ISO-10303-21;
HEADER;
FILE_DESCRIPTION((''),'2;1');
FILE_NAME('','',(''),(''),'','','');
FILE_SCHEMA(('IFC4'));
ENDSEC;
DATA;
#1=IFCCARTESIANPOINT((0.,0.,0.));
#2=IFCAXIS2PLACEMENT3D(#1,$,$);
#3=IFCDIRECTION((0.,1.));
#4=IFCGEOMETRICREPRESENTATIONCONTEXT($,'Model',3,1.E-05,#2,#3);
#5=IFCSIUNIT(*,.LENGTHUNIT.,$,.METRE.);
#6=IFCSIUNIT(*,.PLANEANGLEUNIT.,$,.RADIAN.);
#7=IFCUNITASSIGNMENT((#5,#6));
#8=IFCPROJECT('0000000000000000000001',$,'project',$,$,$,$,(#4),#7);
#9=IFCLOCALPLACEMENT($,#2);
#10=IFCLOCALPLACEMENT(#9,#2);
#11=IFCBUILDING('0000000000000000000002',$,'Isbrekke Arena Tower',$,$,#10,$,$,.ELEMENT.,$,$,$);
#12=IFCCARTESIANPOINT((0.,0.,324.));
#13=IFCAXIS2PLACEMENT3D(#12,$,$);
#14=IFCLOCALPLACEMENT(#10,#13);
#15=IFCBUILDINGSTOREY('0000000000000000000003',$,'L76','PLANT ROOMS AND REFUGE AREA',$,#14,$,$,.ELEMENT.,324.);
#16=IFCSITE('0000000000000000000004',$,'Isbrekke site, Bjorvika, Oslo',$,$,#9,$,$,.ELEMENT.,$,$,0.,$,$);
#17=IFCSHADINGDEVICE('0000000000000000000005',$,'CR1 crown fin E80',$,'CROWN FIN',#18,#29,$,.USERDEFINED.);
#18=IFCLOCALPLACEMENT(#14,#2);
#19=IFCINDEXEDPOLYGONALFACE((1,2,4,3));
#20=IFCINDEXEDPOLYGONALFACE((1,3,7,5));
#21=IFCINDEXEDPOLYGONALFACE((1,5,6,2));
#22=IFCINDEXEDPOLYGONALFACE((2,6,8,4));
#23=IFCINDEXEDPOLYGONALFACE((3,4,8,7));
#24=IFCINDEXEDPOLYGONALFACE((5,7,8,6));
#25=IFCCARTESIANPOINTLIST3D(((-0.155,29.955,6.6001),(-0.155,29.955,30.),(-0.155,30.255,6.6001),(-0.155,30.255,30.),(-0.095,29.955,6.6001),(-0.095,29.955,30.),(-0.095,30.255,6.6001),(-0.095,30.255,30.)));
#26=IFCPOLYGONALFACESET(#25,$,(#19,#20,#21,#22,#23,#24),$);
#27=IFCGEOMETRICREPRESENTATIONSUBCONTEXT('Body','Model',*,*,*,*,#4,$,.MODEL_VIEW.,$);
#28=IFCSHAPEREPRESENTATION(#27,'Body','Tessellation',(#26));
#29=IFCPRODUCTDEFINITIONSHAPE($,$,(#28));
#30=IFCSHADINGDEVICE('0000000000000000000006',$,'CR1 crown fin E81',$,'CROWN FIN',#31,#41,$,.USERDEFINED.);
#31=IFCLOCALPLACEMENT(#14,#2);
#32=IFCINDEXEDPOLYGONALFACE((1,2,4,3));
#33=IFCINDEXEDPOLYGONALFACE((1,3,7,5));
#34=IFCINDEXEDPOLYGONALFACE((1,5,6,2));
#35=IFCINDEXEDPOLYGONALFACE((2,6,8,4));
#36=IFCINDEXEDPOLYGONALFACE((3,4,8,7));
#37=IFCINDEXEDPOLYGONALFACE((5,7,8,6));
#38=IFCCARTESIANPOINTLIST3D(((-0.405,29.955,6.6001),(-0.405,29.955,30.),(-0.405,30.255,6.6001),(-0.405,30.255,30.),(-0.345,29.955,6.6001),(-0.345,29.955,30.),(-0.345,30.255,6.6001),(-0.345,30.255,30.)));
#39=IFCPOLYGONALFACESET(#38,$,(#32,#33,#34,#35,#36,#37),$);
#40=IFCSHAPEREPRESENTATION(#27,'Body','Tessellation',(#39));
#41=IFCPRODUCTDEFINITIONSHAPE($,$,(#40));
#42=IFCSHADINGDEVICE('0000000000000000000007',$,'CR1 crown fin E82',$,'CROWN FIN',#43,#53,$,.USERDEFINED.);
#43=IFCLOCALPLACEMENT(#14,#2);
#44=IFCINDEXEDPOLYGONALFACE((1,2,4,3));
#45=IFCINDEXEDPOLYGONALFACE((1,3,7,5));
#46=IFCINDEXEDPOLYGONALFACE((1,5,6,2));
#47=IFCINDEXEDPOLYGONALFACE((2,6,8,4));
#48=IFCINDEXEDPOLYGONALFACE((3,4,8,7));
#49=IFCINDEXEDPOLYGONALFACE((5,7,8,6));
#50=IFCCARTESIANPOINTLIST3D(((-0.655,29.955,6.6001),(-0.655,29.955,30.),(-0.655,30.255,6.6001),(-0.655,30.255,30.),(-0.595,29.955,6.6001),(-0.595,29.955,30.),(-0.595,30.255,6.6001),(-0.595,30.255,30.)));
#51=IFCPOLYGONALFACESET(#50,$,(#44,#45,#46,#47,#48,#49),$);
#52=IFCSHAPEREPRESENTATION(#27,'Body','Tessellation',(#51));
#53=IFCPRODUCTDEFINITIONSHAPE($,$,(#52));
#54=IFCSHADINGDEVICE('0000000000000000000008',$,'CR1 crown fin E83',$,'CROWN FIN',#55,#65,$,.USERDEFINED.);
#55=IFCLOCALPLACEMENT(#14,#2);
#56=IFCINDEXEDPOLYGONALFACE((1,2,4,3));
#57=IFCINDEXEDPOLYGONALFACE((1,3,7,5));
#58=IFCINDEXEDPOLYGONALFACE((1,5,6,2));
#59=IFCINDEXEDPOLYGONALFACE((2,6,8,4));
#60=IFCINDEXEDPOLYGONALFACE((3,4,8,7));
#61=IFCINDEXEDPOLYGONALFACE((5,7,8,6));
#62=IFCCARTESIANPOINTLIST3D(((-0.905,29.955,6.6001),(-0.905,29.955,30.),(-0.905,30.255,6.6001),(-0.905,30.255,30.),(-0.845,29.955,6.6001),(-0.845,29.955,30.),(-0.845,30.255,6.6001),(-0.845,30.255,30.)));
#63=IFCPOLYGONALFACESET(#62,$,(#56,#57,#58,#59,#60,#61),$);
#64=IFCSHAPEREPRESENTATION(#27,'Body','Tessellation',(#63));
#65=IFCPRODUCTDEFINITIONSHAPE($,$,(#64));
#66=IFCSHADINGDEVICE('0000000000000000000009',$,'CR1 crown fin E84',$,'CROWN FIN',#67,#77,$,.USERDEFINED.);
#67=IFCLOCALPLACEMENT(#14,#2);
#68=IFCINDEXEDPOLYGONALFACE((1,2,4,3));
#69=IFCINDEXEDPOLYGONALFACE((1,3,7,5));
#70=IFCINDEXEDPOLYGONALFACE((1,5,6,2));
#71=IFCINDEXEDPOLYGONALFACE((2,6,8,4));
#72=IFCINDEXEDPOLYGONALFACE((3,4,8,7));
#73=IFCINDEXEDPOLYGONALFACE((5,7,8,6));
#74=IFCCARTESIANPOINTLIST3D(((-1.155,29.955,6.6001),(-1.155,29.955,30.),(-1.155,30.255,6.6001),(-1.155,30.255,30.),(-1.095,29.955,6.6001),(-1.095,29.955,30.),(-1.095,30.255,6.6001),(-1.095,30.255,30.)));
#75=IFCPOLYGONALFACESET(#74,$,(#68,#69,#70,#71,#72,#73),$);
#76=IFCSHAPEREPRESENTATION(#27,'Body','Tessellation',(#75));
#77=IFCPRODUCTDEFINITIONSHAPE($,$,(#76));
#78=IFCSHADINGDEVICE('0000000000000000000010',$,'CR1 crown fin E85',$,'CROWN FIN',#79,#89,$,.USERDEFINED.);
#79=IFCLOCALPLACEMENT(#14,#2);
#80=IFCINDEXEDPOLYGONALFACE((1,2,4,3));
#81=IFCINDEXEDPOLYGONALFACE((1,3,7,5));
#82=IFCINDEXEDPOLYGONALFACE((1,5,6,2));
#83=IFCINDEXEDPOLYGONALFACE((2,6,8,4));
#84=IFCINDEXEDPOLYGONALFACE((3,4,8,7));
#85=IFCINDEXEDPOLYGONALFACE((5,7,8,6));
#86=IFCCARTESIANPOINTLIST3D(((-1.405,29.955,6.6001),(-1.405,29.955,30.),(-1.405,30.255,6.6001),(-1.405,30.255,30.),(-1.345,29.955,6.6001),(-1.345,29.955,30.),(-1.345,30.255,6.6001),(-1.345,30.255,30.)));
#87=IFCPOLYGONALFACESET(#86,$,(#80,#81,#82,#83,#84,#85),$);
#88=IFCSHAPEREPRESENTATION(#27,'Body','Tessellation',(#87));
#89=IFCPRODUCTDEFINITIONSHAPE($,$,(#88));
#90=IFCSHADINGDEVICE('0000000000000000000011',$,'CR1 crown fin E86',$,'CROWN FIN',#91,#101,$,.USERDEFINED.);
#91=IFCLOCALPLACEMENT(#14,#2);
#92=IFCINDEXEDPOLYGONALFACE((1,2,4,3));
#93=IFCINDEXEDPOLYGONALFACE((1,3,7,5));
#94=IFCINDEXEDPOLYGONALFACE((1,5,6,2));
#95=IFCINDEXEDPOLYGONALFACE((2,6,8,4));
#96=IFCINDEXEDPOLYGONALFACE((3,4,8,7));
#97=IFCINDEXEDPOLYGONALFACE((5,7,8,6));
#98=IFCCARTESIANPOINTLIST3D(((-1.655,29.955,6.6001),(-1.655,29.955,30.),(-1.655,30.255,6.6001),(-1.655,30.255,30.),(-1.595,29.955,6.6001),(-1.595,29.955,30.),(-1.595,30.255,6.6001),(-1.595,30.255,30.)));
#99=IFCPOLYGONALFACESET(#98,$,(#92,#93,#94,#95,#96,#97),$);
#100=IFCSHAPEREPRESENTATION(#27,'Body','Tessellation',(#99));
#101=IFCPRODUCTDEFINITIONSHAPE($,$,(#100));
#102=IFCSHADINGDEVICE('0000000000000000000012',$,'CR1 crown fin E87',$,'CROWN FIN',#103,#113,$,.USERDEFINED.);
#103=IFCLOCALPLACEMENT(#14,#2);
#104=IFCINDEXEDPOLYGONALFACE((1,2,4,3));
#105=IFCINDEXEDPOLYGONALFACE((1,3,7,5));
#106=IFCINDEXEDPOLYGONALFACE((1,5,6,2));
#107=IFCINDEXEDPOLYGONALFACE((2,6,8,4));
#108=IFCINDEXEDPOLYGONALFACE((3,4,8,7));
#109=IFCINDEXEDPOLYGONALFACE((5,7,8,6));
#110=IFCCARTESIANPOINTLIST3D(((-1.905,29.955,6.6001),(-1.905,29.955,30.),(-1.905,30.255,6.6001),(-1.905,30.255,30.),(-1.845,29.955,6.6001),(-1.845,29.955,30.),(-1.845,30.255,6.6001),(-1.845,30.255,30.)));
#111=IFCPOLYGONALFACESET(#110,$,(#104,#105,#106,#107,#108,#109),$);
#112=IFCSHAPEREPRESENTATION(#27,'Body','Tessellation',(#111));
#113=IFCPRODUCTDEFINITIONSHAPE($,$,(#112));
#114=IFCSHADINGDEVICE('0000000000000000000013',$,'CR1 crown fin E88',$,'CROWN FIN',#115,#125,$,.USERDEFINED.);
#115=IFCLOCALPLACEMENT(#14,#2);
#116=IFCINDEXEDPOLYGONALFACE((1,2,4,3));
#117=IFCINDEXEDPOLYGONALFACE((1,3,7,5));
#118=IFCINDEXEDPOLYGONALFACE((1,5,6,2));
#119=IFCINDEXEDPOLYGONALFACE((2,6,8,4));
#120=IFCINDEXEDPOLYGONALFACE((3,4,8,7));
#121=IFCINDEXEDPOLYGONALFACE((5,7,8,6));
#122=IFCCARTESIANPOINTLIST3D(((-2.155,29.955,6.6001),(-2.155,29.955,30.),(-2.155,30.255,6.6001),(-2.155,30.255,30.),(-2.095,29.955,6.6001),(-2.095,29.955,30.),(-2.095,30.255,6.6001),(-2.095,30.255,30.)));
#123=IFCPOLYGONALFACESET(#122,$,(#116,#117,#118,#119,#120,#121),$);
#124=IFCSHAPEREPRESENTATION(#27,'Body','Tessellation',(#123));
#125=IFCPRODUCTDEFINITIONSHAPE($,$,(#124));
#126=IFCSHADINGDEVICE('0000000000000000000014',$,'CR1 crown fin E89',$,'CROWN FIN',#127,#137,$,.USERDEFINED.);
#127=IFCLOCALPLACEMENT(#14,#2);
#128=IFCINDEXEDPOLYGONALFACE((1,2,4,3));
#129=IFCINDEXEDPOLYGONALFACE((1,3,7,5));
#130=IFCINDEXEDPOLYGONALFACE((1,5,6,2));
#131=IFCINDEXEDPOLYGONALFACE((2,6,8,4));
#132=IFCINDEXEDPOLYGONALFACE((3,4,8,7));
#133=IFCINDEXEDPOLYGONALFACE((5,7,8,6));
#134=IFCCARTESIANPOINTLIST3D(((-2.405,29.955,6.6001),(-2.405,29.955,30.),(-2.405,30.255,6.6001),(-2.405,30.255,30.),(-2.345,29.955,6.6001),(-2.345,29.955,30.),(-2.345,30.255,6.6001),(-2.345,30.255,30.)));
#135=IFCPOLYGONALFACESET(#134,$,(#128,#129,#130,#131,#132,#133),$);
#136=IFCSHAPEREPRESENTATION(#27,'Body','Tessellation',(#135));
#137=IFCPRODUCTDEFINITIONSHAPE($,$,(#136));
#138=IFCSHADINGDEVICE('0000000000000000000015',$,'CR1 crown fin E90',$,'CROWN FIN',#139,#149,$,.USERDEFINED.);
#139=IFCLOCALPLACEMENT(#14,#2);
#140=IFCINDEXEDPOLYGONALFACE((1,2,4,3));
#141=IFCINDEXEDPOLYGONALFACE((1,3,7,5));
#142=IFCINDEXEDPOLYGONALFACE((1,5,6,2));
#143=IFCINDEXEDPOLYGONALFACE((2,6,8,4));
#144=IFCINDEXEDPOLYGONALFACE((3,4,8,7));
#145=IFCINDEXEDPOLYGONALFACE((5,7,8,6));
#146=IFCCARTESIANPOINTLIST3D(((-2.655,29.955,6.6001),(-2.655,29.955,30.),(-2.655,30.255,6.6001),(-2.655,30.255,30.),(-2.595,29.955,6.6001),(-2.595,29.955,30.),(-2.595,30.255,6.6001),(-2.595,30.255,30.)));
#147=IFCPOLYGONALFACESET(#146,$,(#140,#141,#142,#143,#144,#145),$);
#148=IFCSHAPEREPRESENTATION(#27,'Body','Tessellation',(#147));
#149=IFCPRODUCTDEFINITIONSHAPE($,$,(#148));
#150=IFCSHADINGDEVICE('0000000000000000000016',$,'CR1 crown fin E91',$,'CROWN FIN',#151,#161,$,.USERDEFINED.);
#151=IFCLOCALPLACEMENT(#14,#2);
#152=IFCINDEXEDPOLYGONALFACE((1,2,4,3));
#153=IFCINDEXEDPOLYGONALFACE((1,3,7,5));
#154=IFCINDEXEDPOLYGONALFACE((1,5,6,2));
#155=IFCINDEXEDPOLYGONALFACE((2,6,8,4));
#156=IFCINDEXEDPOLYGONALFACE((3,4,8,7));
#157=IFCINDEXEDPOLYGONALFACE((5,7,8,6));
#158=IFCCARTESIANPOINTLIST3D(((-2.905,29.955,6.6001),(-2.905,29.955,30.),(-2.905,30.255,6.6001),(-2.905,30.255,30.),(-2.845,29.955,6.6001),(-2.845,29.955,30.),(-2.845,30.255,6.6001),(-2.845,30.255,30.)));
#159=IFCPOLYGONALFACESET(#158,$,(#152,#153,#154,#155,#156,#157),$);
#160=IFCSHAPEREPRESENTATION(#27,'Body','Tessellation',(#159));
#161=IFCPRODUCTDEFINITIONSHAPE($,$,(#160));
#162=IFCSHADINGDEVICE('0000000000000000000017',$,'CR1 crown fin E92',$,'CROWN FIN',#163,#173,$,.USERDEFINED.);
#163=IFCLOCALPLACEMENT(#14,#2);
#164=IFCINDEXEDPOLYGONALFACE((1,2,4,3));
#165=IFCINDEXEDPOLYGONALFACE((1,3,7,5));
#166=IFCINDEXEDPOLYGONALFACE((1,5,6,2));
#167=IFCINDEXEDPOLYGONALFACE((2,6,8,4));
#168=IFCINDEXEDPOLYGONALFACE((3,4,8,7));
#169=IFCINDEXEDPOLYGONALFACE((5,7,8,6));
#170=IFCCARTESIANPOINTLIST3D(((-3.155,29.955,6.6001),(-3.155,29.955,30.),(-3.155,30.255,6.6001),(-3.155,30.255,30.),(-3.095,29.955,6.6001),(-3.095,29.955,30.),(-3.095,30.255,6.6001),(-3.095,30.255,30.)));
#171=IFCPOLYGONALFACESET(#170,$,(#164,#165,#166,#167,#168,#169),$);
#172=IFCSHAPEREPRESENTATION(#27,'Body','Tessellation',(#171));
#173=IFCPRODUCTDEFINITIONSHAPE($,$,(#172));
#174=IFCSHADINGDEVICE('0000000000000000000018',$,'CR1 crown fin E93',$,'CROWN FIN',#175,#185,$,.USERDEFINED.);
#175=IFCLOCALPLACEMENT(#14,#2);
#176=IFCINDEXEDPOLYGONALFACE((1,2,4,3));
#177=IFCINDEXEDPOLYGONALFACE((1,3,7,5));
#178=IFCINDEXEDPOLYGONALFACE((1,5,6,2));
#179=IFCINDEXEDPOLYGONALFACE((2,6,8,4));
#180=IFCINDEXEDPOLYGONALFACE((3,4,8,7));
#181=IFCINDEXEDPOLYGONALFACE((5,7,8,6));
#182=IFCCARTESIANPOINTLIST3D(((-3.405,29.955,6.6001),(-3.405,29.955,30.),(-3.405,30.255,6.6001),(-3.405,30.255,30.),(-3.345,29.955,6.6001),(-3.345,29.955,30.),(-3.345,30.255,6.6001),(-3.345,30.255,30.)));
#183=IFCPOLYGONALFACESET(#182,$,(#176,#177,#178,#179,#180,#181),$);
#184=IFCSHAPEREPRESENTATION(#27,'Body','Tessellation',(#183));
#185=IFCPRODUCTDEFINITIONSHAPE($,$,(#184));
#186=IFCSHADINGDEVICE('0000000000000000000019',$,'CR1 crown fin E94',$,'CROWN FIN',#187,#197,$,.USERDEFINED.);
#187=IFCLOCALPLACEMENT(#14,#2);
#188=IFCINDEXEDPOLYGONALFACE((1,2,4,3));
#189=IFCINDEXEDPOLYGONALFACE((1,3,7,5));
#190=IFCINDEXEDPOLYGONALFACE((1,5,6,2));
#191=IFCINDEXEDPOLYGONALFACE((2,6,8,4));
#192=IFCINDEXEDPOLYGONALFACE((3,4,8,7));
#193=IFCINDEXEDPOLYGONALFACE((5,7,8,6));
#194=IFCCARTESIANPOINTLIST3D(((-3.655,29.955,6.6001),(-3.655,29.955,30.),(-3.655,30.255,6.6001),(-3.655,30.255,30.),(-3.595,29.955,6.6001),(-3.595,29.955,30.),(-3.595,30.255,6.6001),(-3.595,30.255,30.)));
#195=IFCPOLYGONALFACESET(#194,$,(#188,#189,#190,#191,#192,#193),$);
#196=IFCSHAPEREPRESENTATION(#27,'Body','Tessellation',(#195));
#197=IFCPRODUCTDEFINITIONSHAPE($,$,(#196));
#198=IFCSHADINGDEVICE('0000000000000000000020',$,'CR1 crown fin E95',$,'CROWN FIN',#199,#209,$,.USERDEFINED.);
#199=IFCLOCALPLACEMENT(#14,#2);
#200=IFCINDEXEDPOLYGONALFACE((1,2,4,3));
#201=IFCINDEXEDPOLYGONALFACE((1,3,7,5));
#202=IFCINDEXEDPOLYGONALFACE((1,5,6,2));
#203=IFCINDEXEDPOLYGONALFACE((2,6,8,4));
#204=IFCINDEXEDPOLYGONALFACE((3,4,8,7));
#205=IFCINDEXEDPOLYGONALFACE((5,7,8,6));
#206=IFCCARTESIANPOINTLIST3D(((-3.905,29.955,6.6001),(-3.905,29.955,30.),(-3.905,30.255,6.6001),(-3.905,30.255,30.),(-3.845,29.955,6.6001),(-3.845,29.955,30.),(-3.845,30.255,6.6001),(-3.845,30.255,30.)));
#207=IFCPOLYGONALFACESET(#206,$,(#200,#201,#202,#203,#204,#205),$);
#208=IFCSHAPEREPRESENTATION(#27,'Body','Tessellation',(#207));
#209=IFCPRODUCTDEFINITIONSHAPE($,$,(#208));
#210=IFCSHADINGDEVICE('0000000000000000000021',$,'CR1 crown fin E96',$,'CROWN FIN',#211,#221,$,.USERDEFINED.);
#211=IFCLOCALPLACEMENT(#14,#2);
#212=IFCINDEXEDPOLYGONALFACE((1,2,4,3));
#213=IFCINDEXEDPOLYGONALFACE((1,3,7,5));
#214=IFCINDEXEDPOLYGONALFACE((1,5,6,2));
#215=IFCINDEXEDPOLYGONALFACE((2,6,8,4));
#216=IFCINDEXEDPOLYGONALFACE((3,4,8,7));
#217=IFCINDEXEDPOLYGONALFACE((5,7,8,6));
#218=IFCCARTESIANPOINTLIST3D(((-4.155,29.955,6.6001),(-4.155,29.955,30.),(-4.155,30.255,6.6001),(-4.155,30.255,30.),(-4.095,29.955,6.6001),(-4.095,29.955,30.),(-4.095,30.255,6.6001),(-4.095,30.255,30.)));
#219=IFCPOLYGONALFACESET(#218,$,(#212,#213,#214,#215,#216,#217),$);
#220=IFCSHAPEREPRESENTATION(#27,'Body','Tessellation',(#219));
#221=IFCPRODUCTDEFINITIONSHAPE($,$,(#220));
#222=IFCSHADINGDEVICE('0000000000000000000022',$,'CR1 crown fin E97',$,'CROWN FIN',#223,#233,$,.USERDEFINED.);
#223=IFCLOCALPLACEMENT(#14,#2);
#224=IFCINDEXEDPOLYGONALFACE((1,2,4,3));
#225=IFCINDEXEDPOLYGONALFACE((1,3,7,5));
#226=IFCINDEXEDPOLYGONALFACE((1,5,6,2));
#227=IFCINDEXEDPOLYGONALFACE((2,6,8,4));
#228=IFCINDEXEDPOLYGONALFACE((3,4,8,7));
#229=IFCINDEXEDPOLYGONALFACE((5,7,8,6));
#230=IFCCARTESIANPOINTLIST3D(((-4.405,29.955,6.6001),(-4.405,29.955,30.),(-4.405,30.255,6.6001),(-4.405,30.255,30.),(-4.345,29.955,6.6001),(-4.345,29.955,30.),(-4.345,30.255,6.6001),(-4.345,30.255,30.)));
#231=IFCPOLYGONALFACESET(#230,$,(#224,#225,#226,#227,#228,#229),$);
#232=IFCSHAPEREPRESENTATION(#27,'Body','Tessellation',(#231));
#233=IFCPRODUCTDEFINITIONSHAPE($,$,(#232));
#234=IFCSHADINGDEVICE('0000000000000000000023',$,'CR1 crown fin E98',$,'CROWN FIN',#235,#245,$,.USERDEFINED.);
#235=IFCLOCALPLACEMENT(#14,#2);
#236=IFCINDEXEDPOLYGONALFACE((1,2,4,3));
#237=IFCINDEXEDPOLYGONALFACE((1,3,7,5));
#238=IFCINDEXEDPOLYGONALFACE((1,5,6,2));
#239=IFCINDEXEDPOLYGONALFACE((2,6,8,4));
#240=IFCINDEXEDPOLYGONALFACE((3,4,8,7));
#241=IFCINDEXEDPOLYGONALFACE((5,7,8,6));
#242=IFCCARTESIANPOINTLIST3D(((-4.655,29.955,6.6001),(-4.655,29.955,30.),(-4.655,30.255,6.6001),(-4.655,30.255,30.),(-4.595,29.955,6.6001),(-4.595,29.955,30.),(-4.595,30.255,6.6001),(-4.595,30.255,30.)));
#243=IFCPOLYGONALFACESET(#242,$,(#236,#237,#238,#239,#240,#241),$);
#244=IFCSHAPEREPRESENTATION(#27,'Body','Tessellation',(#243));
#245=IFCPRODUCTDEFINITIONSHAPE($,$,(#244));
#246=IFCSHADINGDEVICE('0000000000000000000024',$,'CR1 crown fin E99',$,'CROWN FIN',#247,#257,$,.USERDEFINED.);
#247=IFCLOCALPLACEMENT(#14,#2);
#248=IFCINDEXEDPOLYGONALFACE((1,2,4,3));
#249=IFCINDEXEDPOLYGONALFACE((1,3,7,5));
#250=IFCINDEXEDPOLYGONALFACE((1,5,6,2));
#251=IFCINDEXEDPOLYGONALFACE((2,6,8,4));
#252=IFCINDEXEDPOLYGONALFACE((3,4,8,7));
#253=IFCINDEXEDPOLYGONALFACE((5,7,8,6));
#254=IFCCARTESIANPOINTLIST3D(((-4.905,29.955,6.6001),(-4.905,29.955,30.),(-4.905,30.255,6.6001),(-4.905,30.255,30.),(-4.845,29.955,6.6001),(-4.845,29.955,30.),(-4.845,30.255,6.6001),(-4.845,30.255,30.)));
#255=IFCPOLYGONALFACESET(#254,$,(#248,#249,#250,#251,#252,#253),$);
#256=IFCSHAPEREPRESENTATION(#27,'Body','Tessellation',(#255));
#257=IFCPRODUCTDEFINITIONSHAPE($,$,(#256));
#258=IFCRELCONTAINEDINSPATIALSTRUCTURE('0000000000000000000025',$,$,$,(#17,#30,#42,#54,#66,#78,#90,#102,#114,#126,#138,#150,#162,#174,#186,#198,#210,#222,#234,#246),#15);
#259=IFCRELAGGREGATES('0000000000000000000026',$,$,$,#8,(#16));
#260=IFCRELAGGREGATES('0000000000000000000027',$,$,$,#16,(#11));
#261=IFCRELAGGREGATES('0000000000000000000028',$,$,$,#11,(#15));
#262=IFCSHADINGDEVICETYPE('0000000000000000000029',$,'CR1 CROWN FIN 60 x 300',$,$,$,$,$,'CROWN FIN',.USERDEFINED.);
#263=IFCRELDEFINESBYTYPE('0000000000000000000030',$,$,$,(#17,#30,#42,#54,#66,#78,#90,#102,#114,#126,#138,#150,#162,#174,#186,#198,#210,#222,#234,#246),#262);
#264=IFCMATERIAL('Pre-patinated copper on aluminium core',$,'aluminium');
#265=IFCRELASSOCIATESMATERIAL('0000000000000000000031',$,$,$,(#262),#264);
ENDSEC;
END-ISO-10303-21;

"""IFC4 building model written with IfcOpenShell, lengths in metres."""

from ifc_helpers import new_model, si_unit, direction, frame, origin, origin_2d, place, context, subcontext, project, spatial, rectangle, extrude, material, material_profile, profile_set, type_object, element, save


model = new_model("IFC4")

# Units and contexts
model_context = context("Model", 3, precision=1e-05, world=origin(), true_north=direction((0.0, 1.0)))
body_context = subcontext(model_context, "Body", "Model", "MODEL_VIEW")
ifc_project = project(units=[si_unit("LENGTHUNIT", "METRE"), si_unit("PLANEANGLEUNIT", "RADIAN")], contexts=[model_context])

# Site, building, storey
site_placement = place(None, origin())
site = spatial("IfcSite", under=ifc_project, at=site_placement, Name="Isbrekke site, Bjorvika, Oslo", CompositionType="ELEMENT", RefElevation=0.0)
building_placement = place(site_placement, origin())
building = spatial("IfcBuilding", under=site, at=building_placement, Name="Isbrekke Arena Tower", CompositionType="ELEMENT")
storey_placement = place(building_placement, frame((0.0, 0.0, 324.0)))
storey = spatial("IfcBuildingStorey", under=building, at=storey_placement, Name="L76", Description="PLANT ROOMS AND REFUGE AREA", CompositionType="ELEMENT", Elevation=324.0)

# Shading devices
ifc_material = material(Name="Pre-patinated copper on aluminium core", Category="aluminium")
ifc_material_profile = material_profile(ifc_material, rectangle(XDim=0.0601, YDim=0.3, at=origin_2d()), Name="FIN 60X300")
ifc_profile_set = profile_set([ifc_material_profile], Name="Pre-patinated copper on aluminium core")
shading_device_type = type_object("IfcShadingDeviceType", Name="CR1 CROWN FIN 60 x 300", ElementType="CROWN FIN", PredefinedType="USERDEFINED", material=ifc_profile_set)
for number, where, z_axis, x_axis, name in (
    (1, (-0.125, 30.105, 6.6001), (0.0, 0.0, 1.0), (-1.0, 0.0, 0.0), "CR1 crown fin E80"),
    (2, (-0.375, 30.105, 6.6001), (0.0, 0.0, 1.0), (-1.0, 0.0, 0.0), "CR1 crown fin E81"),
    (3, (-0.625, 30.105, 6.6001), (0.0, 0.0, 1.0), (-1.0, 0.0, 0.0), "CR1 crown fin E82"),
    (4, (-0.875, 30.105, 6.6001), (0.0, 0.0, 1.0), (-1.0, 0.0, 0.0), "CR1 crown fin E83"),
    (5, (-1.125, 30.105, 6.6001), (0.0, 0.0, 1.0), (-1.0, 0.0, 0.0), "CR1 crown fin E84"),
    (6, (-1.375, 30.105, 6.6001), (0.0, 0.0, 1.0), (-1.0, 0.0, 0.0), "CR1 crown fin E85"),
    (7, (-1.625, 30.105, 6.6001), (0.0, 0.0, 1.0), (-1.0, 0.0, 0.0), "CR1 crown fin E86"),
    (8, (-1.875, 30.105, 6.6001), (0.0, 0.0, 1.0), (-1.0, 0.0, 0.0), "CR1 crown fin E87"),
    (9, (-2.125, 30.105, 6.6001), (0.0, 0.0, 1.0), (-1.0, 0.0, 0.0), "CR1 crown fin E88"),
    (10, (-2.375, 30.105, 6.6001), (0.0, 0.0, 1.0), (-1.0, 0.0, 0.0), "CR1 crown fin E89"),
    (11, (-2.625, 30.105, 6.6001), (0.0, 0.0, 1.0), (-1.0, 0.0, 0.0), "CR1 crown fin E90"),
    (12, (-2.875, 30.105, 6.6001), (0.0, 0.0, 1.0), (-1.0, 0.0, 0.0), "CR1 crown fin E91"),
    (13, (-3.125, 30.105, 6.6001), (0.0, 0.0, 1.0), (-1.0, 0.0, 0.0), "CR1 crown fin E92"),
    (14, (-3.375, 30.105, 6.6001), (0.0, 0.0, 1.0), (-1.0, 0.0, 0.0), "CR1 crown fin E93"),
    (15, (-3.625, 30.105, 6.6001), (0.0, 0.0, 1.0), (-1.0, 0.0, 0.0), "CR1 crown fin E94"),
    (16, (-3.875, 30.105, 6.6001), (0.0, 0.0, 1.0), (-1.0, 0.0, 0.0), "CR1 crown fin E95"),
    (17, (-4.125, 30.105, 6.6001), (0.0, 0.0, 1.0), (-1.0, 0.0, 0.0), "CR1 crown fin E96"),
    (18, (-4.375, 30.105, 6.6001), (0.0, 0.0, 1.0), (-1.0, 0.0, 0.0), "CR1 crown fin E97"),
    (19, (-4.625, 30.105, 6.6001), (0.0, 0.0, 1.0), (-1.0, 0.0, 0.0), "CR1 crown fin E98"),
    (20, (-4.875, 30.105, 6.6001), (0.0, 0.0, 1.0), (-1.0, 0.0, 0.0), "CR1 crown fin E99"),
):
    element("IfcShadingDevice", number, at=place(storey_placement, frame(where, z_axis=z_axis, x_axis=x_axis)), inside=storey, type_object=shading_device_type, Name=name, ObjectType="CROWN FIN", PredefinedType="USERDEFINED", context=body_context, shape_type="SweptSolid", body=[
        extrude(rectangle(XDim=0.0601, YDim=0.3, at=origin_2d()), origin(), (0.0, 0.0, 1.0), 23.3999),
    ])

save(model, "model.ifc")
